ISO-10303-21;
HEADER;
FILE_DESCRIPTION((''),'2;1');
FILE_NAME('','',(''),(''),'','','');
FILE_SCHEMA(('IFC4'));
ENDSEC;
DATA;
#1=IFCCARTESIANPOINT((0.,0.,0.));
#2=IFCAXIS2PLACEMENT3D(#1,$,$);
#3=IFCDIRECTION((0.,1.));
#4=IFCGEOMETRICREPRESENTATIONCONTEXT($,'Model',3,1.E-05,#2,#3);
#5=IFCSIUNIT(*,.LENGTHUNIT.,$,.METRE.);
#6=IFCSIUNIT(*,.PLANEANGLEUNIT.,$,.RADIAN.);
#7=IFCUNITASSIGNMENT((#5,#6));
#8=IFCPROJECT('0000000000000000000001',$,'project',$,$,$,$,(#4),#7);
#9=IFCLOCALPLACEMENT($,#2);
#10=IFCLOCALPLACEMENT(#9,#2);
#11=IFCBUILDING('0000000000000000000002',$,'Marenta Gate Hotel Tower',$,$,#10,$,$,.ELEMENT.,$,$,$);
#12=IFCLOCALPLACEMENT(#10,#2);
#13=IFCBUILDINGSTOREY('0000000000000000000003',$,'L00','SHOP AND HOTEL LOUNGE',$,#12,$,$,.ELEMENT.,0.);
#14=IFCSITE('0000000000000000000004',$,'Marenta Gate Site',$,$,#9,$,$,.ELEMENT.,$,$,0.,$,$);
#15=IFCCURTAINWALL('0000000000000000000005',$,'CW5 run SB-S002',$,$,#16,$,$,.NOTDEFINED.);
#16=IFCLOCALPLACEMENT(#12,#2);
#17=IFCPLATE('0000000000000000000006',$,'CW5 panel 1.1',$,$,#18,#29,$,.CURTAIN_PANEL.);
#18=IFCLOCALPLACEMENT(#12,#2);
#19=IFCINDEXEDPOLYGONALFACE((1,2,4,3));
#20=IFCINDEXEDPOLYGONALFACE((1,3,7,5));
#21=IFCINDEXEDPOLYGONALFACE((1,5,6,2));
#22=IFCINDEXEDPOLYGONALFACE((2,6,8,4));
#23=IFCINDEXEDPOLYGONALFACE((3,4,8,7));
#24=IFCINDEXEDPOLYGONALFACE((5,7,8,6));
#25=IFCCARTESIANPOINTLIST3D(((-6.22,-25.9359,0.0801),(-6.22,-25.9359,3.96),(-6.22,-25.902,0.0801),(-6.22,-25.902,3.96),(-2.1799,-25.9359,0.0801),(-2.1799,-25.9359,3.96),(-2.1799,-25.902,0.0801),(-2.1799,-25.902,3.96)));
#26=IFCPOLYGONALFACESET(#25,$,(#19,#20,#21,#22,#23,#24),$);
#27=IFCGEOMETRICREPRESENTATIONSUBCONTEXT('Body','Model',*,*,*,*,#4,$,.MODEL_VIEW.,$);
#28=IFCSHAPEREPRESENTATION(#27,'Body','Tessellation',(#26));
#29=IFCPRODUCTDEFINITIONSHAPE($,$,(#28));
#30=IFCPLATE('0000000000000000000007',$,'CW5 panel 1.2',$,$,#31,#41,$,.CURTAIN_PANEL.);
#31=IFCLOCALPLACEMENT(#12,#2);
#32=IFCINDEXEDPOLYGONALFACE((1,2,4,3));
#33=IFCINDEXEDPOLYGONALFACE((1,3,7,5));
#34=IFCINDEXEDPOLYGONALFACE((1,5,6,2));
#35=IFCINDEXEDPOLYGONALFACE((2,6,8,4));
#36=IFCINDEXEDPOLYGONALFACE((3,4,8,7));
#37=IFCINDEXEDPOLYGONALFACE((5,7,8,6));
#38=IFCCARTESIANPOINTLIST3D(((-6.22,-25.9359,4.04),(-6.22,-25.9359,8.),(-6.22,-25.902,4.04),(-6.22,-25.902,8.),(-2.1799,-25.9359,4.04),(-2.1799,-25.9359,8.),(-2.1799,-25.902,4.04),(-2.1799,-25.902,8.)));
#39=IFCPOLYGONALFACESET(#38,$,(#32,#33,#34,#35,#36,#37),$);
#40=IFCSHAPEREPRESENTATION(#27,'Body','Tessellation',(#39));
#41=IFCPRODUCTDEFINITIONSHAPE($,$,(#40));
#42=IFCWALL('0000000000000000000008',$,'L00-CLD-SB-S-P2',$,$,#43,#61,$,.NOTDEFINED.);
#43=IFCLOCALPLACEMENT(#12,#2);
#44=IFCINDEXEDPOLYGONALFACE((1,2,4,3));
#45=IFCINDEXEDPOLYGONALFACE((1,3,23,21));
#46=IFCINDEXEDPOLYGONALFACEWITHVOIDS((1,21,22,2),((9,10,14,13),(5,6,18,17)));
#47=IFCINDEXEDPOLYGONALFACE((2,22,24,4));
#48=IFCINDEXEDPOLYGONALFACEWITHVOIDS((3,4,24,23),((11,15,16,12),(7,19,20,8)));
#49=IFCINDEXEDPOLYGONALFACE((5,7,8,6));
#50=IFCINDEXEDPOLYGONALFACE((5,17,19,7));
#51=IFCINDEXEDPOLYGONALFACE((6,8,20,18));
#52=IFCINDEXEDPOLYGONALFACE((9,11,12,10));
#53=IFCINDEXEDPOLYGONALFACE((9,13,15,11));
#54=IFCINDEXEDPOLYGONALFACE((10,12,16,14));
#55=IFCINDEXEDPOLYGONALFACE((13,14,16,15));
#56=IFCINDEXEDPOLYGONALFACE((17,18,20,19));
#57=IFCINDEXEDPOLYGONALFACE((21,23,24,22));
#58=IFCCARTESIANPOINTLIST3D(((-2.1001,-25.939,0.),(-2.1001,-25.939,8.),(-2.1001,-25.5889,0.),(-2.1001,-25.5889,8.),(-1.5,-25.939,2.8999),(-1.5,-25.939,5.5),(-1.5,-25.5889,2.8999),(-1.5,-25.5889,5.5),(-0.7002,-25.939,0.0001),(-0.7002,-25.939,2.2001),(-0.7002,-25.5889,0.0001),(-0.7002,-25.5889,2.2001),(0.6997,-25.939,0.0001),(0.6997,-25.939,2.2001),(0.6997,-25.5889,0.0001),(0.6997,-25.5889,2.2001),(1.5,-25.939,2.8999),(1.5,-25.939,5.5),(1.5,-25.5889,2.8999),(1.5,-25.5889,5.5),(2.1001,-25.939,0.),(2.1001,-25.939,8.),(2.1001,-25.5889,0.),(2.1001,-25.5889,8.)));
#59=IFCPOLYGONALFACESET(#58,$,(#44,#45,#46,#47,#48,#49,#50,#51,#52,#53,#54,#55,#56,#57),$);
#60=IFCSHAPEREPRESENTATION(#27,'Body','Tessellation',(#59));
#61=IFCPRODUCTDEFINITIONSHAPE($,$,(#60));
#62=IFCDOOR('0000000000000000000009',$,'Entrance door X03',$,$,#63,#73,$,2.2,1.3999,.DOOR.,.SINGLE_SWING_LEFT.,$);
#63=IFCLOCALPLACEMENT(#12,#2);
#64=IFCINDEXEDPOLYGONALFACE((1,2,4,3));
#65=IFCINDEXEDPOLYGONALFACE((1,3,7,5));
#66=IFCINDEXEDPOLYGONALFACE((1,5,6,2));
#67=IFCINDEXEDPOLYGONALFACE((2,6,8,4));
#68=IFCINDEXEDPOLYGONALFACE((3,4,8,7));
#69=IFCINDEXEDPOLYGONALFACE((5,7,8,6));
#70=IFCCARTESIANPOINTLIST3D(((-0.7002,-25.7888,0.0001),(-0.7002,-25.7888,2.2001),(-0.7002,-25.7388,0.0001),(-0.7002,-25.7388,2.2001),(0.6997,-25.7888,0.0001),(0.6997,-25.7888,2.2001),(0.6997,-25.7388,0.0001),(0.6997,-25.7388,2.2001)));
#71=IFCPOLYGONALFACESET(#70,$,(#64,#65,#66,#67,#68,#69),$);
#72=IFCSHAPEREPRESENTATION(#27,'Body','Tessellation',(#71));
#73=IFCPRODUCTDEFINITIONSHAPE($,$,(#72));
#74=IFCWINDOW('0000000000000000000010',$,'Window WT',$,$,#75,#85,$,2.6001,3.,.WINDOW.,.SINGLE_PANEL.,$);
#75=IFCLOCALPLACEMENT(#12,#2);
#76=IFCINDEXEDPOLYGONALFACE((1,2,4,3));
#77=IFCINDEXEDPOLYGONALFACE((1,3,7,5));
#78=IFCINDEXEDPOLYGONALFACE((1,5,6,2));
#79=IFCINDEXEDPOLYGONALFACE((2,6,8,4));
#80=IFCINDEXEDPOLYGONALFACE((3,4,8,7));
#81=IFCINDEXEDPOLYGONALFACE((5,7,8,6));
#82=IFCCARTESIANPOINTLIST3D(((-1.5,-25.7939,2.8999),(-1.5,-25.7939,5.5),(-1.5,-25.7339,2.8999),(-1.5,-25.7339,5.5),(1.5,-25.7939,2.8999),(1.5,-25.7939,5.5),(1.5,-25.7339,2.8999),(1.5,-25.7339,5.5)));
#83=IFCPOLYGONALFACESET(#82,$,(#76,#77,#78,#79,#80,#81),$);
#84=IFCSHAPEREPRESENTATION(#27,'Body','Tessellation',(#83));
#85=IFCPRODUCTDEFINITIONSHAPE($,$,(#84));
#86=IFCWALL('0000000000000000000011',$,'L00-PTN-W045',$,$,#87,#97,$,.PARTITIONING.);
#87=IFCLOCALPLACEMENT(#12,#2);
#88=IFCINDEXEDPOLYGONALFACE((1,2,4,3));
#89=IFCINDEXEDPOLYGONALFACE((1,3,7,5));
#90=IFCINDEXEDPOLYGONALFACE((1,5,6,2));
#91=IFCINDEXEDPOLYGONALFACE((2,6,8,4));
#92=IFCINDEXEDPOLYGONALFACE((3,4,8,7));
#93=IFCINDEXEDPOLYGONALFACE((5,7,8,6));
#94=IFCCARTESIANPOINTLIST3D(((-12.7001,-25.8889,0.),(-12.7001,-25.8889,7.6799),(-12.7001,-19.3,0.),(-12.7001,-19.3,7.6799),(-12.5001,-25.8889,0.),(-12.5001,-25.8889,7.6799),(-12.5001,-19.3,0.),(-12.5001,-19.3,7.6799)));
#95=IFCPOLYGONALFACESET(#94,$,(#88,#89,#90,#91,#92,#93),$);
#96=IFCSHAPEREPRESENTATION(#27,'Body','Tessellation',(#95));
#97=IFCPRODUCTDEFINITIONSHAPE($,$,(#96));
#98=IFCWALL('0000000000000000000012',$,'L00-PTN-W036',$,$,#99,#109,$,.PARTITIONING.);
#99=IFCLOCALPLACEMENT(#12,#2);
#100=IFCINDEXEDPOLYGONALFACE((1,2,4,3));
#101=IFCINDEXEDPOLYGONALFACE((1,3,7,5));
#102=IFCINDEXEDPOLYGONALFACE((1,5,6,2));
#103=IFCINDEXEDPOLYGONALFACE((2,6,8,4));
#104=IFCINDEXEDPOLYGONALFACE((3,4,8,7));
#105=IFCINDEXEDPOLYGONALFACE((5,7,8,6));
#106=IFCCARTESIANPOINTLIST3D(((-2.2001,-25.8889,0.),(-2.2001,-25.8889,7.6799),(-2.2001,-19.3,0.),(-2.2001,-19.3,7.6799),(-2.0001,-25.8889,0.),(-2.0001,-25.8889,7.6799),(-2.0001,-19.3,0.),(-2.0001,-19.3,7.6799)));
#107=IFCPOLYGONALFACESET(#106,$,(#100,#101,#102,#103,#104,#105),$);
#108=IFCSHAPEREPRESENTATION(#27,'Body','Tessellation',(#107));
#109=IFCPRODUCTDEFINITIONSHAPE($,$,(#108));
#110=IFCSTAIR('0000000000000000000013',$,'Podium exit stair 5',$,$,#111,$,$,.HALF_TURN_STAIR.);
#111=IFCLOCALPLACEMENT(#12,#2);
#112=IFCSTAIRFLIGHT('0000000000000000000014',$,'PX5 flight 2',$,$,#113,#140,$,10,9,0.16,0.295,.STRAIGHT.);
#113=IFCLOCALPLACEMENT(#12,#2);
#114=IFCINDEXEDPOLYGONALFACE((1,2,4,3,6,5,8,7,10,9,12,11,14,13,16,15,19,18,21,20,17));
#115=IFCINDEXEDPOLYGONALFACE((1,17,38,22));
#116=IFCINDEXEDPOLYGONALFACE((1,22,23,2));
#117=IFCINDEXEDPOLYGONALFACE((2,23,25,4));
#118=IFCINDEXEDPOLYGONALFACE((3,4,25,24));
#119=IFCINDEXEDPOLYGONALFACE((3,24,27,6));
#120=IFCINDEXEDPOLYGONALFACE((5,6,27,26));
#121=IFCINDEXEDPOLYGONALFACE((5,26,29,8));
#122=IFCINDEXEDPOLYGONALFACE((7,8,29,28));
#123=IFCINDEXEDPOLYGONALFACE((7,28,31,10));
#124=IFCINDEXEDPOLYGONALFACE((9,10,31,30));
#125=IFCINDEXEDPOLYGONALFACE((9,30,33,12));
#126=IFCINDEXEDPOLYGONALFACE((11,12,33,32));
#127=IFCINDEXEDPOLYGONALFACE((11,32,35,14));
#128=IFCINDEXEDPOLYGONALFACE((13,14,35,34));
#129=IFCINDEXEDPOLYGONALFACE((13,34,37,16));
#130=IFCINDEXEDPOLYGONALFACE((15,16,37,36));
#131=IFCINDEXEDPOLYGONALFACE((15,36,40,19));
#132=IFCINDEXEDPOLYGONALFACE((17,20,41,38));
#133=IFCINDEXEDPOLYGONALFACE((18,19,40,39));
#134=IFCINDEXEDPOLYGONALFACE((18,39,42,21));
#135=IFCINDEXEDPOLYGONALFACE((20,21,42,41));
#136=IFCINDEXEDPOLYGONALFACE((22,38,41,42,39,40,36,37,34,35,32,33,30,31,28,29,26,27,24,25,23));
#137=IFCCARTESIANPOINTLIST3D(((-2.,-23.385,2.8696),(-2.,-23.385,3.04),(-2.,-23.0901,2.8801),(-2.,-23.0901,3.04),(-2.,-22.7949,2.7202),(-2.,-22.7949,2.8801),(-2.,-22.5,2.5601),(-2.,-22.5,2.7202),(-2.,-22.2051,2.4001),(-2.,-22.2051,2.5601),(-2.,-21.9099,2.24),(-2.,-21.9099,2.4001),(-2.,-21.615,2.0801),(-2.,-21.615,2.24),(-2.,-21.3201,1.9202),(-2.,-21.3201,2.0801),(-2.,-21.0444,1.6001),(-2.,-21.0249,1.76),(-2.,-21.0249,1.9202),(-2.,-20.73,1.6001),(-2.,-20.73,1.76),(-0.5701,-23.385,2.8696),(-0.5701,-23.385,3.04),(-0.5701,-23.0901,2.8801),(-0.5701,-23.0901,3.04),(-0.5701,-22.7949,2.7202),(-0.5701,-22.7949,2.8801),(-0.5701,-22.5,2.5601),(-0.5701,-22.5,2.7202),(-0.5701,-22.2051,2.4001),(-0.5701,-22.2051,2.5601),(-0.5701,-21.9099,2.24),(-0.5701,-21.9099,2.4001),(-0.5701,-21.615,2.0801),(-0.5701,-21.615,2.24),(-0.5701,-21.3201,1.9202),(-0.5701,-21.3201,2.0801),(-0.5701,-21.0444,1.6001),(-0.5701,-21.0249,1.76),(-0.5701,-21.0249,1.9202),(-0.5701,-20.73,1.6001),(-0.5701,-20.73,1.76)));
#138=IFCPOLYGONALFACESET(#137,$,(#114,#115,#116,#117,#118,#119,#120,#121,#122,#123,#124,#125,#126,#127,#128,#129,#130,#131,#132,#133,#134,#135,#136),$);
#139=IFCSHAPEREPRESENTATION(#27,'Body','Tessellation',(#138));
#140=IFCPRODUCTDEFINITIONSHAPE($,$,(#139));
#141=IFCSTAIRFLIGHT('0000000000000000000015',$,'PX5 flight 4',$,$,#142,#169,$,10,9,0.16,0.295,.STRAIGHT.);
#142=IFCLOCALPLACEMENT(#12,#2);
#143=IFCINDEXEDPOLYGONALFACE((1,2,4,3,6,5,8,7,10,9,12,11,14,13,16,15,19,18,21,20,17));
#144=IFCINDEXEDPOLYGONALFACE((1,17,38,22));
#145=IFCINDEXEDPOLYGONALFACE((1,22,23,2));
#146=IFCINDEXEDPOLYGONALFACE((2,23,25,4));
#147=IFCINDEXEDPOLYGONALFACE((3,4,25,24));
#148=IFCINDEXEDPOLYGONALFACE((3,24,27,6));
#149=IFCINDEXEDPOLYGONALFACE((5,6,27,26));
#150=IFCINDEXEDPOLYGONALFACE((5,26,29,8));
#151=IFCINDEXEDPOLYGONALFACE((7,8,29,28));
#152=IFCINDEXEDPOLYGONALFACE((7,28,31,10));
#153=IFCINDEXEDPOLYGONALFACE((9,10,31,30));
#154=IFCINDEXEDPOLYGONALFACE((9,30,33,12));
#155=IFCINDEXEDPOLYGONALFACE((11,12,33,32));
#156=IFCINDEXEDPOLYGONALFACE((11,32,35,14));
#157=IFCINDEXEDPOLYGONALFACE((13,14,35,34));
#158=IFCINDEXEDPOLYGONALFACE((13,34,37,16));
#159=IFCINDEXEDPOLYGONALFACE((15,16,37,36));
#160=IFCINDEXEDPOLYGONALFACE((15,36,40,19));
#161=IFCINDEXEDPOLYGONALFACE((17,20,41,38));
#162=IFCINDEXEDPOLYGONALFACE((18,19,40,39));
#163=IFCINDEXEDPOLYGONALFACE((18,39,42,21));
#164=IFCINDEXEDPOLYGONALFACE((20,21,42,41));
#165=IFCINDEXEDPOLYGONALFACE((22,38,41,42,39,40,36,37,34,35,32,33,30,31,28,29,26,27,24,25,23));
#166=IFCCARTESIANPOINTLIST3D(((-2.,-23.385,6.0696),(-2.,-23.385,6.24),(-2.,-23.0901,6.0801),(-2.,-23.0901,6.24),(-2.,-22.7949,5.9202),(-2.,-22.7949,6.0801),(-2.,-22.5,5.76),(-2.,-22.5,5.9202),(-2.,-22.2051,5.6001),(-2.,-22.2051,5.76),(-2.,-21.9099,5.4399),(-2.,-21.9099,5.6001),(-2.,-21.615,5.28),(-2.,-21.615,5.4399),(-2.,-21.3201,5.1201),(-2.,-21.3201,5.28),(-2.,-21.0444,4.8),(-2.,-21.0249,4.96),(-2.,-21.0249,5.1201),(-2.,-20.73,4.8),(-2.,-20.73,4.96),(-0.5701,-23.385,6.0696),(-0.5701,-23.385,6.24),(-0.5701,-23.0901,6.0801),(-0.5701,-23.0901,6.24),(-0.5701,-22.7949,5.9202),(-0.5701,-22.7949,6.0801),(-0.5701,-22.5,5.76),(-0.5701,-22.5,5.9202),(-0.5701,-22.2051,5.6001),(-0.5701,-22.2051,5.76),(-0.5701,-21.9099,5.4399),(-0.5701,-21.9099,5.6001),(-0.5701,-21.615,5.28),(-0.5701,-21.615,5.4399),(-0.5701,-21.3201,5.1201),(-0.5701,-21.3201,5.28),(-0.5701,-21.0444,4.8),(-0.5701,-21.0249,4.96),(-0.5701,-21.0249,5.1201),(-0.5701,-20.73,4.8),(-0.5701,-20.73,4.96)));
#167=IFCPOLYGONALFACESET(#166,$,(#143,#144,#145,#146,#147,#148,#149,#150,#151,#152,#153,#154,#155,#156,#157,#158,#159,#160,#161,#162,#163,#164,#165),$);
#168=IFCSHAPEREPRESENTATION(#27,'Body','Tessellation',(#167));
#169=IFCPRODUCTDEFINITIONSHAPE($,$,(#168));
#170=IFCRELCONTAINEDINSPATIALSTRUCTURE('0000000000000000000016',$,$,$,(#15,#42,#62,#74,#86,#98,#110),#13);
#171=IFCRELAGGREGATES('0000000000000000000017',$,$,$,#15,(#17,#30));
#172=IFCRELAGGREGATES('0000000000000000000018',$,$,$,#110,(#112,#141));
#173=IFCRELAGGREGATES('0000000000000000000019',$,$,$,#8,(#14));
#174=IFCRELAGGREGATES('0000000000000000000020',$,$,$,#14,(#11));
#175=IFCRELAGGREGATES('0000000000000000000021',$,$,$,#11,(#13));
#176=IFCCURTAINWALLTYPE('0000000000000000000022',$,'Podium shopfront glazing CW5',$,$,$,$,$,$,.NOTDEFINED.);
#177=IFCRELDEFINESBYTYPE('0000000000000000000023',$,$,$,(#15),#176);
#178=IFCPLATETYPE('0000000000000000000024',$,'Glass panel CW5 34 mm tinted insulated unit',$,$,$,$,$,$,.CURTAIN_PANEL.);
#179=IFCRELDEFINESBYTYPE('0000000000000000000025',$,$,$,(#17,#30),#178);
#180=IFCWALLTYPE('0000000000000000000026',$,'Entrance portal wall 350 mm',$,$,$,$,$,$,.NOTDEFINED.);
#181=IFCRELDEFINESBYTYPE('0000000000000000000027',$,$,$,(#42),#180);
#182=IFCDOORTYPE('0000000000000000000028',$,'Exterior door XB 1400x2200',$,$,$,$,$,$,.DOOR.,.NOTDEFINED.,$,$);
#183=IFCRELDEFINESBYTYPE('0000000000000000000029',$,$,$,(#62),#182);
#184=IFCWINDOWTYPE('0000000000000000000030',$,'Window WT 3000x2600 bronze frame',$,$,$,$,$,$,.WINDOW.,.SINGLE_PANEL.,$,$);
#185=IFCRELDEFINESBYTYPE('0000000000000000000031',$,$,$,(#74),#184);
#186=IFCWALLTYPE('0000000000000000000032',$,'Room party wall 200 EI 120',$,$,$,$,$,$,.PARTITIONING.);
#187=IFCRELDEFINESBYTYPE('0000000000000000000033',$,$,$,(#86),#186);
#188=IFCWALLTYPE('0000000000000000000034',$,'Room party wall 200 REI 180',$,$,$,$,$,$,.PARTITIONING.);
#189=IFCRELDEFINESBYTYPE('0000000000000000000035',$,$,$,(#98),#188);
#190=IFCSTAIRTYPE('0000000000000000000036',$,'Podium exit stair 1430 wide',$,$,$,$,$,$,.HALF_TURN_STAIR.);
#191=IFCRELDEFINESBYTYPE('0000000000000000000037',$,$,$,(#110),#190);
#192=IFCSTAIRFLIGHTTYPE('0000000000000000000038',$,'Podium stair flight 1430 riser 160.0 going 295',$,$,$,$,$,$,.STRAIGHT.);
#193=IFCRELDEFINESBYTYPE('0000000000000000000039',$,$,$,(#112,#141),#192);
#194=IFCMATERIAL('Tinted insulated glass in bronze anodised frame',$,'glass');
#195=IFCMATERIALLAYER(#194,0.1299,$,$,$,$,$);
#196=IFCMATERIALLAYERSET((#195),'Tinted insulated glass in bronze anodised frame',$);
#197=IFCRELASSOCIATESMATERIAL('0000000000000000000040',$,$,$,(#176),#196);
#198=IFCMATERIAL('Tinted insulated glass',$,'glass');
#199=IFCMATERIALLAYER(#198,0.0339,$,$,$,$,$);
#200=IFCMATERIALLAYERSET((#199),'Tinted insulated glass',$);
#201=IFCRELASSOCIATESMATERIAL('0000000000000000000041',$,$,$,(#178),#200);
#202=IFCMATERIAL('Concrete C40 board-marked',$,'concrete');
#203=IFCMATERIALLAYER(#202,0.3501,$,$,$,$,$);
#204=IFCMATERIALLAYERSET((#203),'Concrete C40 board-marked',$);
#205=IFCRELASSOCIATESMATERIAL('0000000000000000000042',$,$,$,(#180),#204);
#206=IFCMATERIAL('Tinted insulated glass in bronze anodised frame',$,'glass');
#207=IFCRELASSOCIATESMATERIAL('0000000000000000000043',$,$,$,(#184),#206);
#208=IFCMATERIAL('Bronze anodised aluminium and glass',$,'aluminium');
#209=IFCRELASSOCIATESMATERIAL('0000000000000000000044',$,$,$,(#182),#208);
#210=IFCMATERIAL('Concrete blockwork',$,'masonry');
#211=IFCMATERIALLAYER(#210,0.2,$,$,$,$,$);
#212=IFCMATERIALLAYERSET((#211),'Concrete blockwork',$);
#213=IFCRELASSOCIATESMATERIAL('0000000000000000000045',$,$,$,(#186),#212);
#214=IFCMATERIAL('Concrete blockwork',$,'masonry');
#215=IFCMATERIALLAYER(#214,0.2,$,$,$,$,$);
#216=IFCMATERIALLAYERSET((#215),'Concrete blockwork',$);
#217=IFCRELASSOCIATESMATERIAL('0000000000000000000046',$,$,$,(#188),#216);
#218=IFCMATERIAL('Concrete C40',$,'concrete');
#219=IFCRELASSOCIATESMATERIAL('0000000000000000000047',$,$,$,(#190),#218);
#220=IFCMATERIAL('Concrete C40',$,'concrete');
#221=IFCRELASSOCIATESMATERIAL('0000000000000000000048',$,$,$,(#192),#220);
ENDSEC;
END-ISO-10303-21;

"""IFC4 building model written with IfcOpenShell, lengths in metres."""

from ifc_helpers import new_model, si_unit, direction, frame, frame_2d, origin, origin_2d, place, context, subcontext, project, spatial, polyline, rectangle, outline, extrude, material, layer, layer_set, type_object, element, fill, aggregate, save


model = new_model("IFC4")

# Units and contexts
model_context = context("Model", 3, precision=1e-05, world=origin(), true_north=direction((0.0, 1.0)))
body_context = subcontext(model_context, "Body", "Model", "MODEL_VIEW")
ifc_project = project(units=[si_unit("LENGTHUNIT", "METRE"), si_unit("PLANEANGLEUNIT", "RADIAN")], contexts=[model_context])

# Site, building, storey
site_placement = place(None, origin())
site = spatial("IfcSite", under=ifc_project, at=site_placement, Name="Marenta Gate Site", CompositionType="ELEMENT", RefElevation=0.0)
building_placement = place(site_placement, origin())
building = spatial("IfcBuilding", under=site, at=building_placement, Name="Marenta Gate Hotel Tower", CompositionType="ELEMENT")
storey_placement = place(building_placement, origin())
storey = spatial("IfcBuildingStorey", under=building, at=storey_placement, Name="L00", Description="SHOP AND HOTEL LOUNGE", CompositionType="ELEMENT", Elevation=0.0)

# Shared definitions
ifc_material_1 = material(Name="Tinted insulated glass in bronze anodised frame", Category="glass")
ifc_layer_1 = layer(ifc_material_1, 0.1299)
ifc_layer_set_1 = layer_set([ifc_layer_1], Name="Tinted insulated glass in bronze anodised frame")
curtain_wall_type = type_object("IfcCurtainWallType", Name="Podium shopfront glazing CW5", PredefinedType="NOTDEFINED", material=ifc_layer_set_1)

# Curtain wall
curtain_wall_1_placement = place(storey_placement, origin())
curtain_wall_1 = element("IfcCurtainWall", 1, at=curtain_wall_1_placement, inside=storey, type_object=curtain_wall_type, Name="CW5 run SB-S002", PredefinedType="NOTDEFINED")

# Plates
ifc_material_2 = material(Name="Tinted insulated glass", Category="glass")
ifc_layer_2 = layer(ifc_material_2, 0.0339)
ifc_layer_set_2 = layer_set([ifc_layer_2], Name="Tinted insulated glass")
plate_type = type_object("IfcPlateType", Name="Glass panel CW5 34 mm tinted insulated unit", PredefinedType="CURTAIN_PANEL", material=ifc_layer_set_2)
plate_1_placement = place(storey_placement, frame((-4.2, -25.9189, 0.0801), z_axis=(0.0, 0.0, 1.0), x_axis=(1.0, 0.0, 0.0)))
plate_1 = element("IfcPlate", 2, at=plate_1_placement, type_object=plate_type, Name="CW5 panel 1.1", PredefinedType="CURTAIN_PANEL", context=body_context, shape_type="SweptSolid", body=[
    extrude(rectangle(XDim=4.04, YDim=0.0339, at=origin_2d()), origin(), (0.0, 0.0, 1.0), 3.8799),
])
plate_2_placement = place(storey_placement, frame((-4.2, -25.9189, 4.04), z_axis=(0.0, 0.0, 1.0), x_axis=(1.0, 0.0, 0.0)))
plate_2 = element("IfcPlate", 3, at=plate_2_placement, type_object=plate_type, Name="CW5 panel 1.2", PredefinedType="CURTAIN_PANEL", context=body_context, shape_type="SweptSolid", body=[
    extrude(rectangle(XDim=4.04, YDim=0.0339, at=origin_2d()), origin(), (0.0, 0.0, 1.0), 3.96),
])
aggregate(curtain_wall_1, [plate_1, plate_2])

# Wall, openings, door, window
ifc_material_3 = material(Name="Concrete C40 board-marked", Category="concrete")
ifc_layer_3 = layer(ifc_material_3, 0.3501)
ifc_layer_set_3 = layer_set([ifc_layer_3], Name="Concrete C40 board-marked")
wall_type_1 = type_object("IfcWallType", Name="Entrance portal wall 350 mm", PredefinedType="NOTDEFINED", material=ifc_layer_set_3)
ifc_material_4 = material(Name="Tinted insulated glass in bronze anodised frame", Category="glass")
window_type = type_object("IfcWindowType", Name="Window WT 3000x2600 bronze frame", PartitioningType="SINGLE_PANEL", PredefinedType="WINDOW", material=ifc_material_4)
wall_1_placement = place(storey_placement, frame((-2.1001, -25.7639, 0.0), z_axis=(0.0, 0.0, 1.0), x_axis=(1.0, 0.0, 0.0)))
wall_1 = element("IfcWall", 4, at=wall_1_placement, inside=storey, type_object=wall_type_1, Name="L00-CLD-SB-S-P2", PredefinedType="NOTDEFINED", context=body_context, shape_type="SweptSolid", body=[
    extrude(rectangle(XDim=4.2002, YDim=0.3501, at=frame_2d((2.1001, 0.0))), origin(), (0.0, 0.0, 1.0), 8.0),
])
opening_1_placement = place(wall_1_placement, frame((1.3999, 0.0, 0.0)))
opening_1 = element("IfcOpeningElement", 5, at=opening_1_placement, cuts=wall_1, PredefinedType="OPENING", context=body_context, shape_type="SweptSolid", body=[
    extrude(rectangle(XDim=1.3999, YDim=2.2, at=frame_2d((0.7, 1.1001))), frame((0.0, 0.175, 0.0), z_axis=(0.0, -1.0, 0.0), x_axis=(1.0, 0.0, 0.0)), (0.0, 0.0, 1.0), 0.3501),
])
opening_2_placement = place(wall_1_placement, frame((0.6001, 0.0, 2.8999)))
opening_2 = element("IfcOpeningElement", 6, at=opening_2_placement, cuts=wall_1, PredefinedType="OPENING", context=body_context, shape_type="SweptSolid", body=[
    extrude(rectangle(XDim=3.0, YDim=2.6001, at=frame_2d((1.5, 1.3))), frame((0.0, 0.175, 0.0), z_axis=(0.0, -1.0, 0.0), x_axis=(1.0, 0.0, 0.0)), (0.0, 0.0, 1.0), 0.3501),
])
ifc_material_5 = material(Name="Bronze anodised aluminium and glass", Category="aluminium")
door_type_1 = type_object("IfcDoorType", Name="Exterior door XB 1400x2200", OperationType="NOTDEFINED", PredefinedType="DOOR", material=ifc_material_5)
door_1_placement = place(opening_1_placement, frame((1.3999, 0.0, 0.0), z_axis=(0.0, 0.0, 1.0), x_axis=(-1.0, 0.0, 0.0)))
door_1 = element("IfcDoor", 7, at=door_1_placement, inside=storey, type_object=door_type_1, Name="Entrance door X03", OperationType="SINGLE_SWING_LEFT", OverallHeight=2.2, OverallWidth=1.3999, PredefinedType="DOOR", context=body_context, shape_type="SweptSolid", body=[
    extrude(rectangle(XDim=1.3999, YDim=2.2, at=frame_2d((0.7, 1.1001))), frame((0.0, 0.0249, 0.0), z_axis=(0.0, -1.0, 0.0), x_axis=(1.0, 0.0, 0.0)), (0.0, 0.0, 1.0), 0.05),
])
fill(opening_1, door_1)
window_1_placement = place(opening_2_placement, origin())
window_1 = element("IfcWindow", 8, at=window_1_placement, inside=storey, type_object=window_type, Name="Window WT", OverallHeight=2.6001, OverallWidth=3.0, PartitioningType="SINGLE_PANEL", PredefinedType="WINDOW", context=body_context, shape_type="SweptSolid", body=[
    extrude(rectangle(XDim=3.0, YDim=2.6001, at=frame_2d((1.5, 1.3))), frame((0.0, 0.03, 0.0), z_axis=(0.0, -1.0, 0.0), x_axis=(1.0, 0.0, 0.0)), (0.0, 0.0, 1.0), 0.0601),
])
fill(opening_2, window_1)

# Walls
ifc_material_6 = material(Name="Concrete blockwork", Category="masonry")
ifc_layer_4 = layer(ifc_material_6, 0.2)
ifc_layer_set_4 = layer_set([ifc_layer_4], Name="Concrete blockwork")
wall_type_2 = type_object("IfcWallType", Name="Room party wall 200 EI 120", PredefinedType="PARTITIONING", material=ifc_layer_set_4)
wall_2_placement = place(storey_placement, frame((-12.6001, -25.8889, 0.0), z_axis=(0.0, 0.0, 1.0), x_axis=(0.0, 1.0, 0.0)))
element("IfcWall", 9, at=wall_2_placement, inside=storey, type_object=wall_type_2, Name="L00-PTN-W045", PredefinedType="PARTITIONING", context=body_context, shape_type="SweptSolid", body=[
    extrude(rectangle(XDim=6.5889, YDim=0.2, at=frame_2d((3.2944, 0.0))), origin(), (0.0, 0.0, 1.0), 7.6799),
])
ifc_material_7 = material(Name="Concrete blockwork", Category="masonry")
ifc_layer_5 = layer(ifc_material_7, 0.2)
ifc_layer_set_5 = layer_set([ifc_layer_5], Name="Concrete blockwork")
wall_type_3 = type_object("IfcWallType", Name="Room party wall 200 REI 180", PredefinedType="PARTITIONING", material=ifc_layer_set_5)
wall_3_placement = place(storey_placement, frame((-2.1001, -25.8889, 0.0), z_axis=(0.0, 0.0, 1.0), x_axis=(0.0, 1.0, 0.0)))
element("IfcWall", 10, at=wall_3_placement, inside=storey, type_object=wall_type_3, Name="L00-PTN-W036", PredefinedType="PARTITIONING", context=body_context, shape_type="SweptSolid", body=[
    extrude(rectangle(XDim=6.5889, YDim=0.2, at=frame_2d((3.2944, 0.0))), origin(), (0.0, 0.0, 1.0), 7.6799),
])

# Stair, stair flights
ifc_material_8 = material(Name="Concrete C40", Category="concrete")
stair_type = type_object("IfcStairType", Name="Podium exit stair 1430 wide", PredefinedType="HALF_TURN_STAIR", material=ifc_material_8)
stair_placement = place(storey_placement, origin())
stair = element("IfcStair", 11, at=stair_placement, inside=storey, type_object=stair_type, Name="Podium exit stair 5", PredefinedType="HALF_TURN_STAIR")
ifc_material_9 = material(Name="Concrete C40", Category="concrete")
stair_flight_type = type_object("IfcStairFlightType", Name="Podium stair flight 1430 riser 160.0 going 295", PredefinedType="STRAIGHT", material=ifc_material_9)
stair_flight_1_placement = place(storey_placement, frame((-1.2849, -20.73, 1.6001), z_axis=(0.0, 0.0, 1.0), x_axis=(0.0, -1.0, 0.0)))
stair_flight_1 = element("IfcStairFlight", 12, at=stair_flight_1_placement, type_object=stair_flight_type, Name="PX5 flight 2", NumberOfRisers=10, NumberOfTreads=9, PredefinedType="STRAIGHT", RiserHeight=0.16, TreadLength=0.295, context=body_context, shape_type="SweptSolid", body=[
    extrude(outline(polyline([(0.0, 0.0), (0.0, 0.1599), (0.2949, 0.1599), (0.2949, 0.3201), (0.5901, 0.3201), (0.5901, 0.48), (0.885, 0.48), (0.885, 0.6399), (1.1799, 0.6399), (1.1799, 0.8), (1.4751, 0.8), (1.4751, 0.96), (1.77, 0.96), (1.77, 1.1201), (2.0649, 1.1201), (2.0649, 1.28), (2.3601, 1.28), (2.3601, 1.4399), (2.655, 1.4399), (2.655, 1.6001), (2.655, 1.2695), (0.3145, 0.0), (0.0, 0.0)])), frame((0.0, 0.7148, 0.0), z_axis=(0.0, -1.0, 0.0), x_axis=(1.0, 0.0, 0.0)), (0.0, 0.0, 1.0), 1.4299),
])
stair_flight_2_placement = place(storey_placement, frame((-1.2849, -20.73, 4.8), z_axis=(0.0, 0.0, 1.0), x_axis=(0.0, -1.0, 0.0)))
stair_flight_2 = element("IfcStairFlight", 13, at=stair_flight_2_placement, type_object=stair_flight_type, Name="PX5 flight 4", NumberOfRisers=10, NumberOfTreads=9, PredefinedType="STRAIGHT", RiserHeight=0.16, TreadLength=0.295, context=body_context, shape_type="SweptSolid", body=[
    extrude(outline(polyline([(0.0, 0.0), (0.0, 0.1599), (0.2949, 0.1599), (0.2949, 0.3201), (0.5901, 0.3201), (0.5901, 0.48), (0.885, 0.48), (0.885, 0.6399), (1.1799, 0.6399), (1.1799, 0.8), (1.4751, 0.8), (1.4751, 0.96), (1.77, 0.96), (1.77, 1.1201), (2.0649, 1.1201), (2.0649, 1.28), (2.3601, 1.28), (2.3601, 1.4399), (2.655, 1.4399), (2.655, 1.6001), (2.655, 1.2695), (0.3145, 0.0), (0.0, 0.0)])), frame((0.0, 0.7148, 0.0), z_axis=(0.0, -1.0, 0.0), x_axis=(1.0, 0.0, 0.0)), (0.0, 0.0, 1.0), 1.4299),
])
aggregate(stair, [stair_flight_1, stair_flight_2])

save(model, "model.ifc")
